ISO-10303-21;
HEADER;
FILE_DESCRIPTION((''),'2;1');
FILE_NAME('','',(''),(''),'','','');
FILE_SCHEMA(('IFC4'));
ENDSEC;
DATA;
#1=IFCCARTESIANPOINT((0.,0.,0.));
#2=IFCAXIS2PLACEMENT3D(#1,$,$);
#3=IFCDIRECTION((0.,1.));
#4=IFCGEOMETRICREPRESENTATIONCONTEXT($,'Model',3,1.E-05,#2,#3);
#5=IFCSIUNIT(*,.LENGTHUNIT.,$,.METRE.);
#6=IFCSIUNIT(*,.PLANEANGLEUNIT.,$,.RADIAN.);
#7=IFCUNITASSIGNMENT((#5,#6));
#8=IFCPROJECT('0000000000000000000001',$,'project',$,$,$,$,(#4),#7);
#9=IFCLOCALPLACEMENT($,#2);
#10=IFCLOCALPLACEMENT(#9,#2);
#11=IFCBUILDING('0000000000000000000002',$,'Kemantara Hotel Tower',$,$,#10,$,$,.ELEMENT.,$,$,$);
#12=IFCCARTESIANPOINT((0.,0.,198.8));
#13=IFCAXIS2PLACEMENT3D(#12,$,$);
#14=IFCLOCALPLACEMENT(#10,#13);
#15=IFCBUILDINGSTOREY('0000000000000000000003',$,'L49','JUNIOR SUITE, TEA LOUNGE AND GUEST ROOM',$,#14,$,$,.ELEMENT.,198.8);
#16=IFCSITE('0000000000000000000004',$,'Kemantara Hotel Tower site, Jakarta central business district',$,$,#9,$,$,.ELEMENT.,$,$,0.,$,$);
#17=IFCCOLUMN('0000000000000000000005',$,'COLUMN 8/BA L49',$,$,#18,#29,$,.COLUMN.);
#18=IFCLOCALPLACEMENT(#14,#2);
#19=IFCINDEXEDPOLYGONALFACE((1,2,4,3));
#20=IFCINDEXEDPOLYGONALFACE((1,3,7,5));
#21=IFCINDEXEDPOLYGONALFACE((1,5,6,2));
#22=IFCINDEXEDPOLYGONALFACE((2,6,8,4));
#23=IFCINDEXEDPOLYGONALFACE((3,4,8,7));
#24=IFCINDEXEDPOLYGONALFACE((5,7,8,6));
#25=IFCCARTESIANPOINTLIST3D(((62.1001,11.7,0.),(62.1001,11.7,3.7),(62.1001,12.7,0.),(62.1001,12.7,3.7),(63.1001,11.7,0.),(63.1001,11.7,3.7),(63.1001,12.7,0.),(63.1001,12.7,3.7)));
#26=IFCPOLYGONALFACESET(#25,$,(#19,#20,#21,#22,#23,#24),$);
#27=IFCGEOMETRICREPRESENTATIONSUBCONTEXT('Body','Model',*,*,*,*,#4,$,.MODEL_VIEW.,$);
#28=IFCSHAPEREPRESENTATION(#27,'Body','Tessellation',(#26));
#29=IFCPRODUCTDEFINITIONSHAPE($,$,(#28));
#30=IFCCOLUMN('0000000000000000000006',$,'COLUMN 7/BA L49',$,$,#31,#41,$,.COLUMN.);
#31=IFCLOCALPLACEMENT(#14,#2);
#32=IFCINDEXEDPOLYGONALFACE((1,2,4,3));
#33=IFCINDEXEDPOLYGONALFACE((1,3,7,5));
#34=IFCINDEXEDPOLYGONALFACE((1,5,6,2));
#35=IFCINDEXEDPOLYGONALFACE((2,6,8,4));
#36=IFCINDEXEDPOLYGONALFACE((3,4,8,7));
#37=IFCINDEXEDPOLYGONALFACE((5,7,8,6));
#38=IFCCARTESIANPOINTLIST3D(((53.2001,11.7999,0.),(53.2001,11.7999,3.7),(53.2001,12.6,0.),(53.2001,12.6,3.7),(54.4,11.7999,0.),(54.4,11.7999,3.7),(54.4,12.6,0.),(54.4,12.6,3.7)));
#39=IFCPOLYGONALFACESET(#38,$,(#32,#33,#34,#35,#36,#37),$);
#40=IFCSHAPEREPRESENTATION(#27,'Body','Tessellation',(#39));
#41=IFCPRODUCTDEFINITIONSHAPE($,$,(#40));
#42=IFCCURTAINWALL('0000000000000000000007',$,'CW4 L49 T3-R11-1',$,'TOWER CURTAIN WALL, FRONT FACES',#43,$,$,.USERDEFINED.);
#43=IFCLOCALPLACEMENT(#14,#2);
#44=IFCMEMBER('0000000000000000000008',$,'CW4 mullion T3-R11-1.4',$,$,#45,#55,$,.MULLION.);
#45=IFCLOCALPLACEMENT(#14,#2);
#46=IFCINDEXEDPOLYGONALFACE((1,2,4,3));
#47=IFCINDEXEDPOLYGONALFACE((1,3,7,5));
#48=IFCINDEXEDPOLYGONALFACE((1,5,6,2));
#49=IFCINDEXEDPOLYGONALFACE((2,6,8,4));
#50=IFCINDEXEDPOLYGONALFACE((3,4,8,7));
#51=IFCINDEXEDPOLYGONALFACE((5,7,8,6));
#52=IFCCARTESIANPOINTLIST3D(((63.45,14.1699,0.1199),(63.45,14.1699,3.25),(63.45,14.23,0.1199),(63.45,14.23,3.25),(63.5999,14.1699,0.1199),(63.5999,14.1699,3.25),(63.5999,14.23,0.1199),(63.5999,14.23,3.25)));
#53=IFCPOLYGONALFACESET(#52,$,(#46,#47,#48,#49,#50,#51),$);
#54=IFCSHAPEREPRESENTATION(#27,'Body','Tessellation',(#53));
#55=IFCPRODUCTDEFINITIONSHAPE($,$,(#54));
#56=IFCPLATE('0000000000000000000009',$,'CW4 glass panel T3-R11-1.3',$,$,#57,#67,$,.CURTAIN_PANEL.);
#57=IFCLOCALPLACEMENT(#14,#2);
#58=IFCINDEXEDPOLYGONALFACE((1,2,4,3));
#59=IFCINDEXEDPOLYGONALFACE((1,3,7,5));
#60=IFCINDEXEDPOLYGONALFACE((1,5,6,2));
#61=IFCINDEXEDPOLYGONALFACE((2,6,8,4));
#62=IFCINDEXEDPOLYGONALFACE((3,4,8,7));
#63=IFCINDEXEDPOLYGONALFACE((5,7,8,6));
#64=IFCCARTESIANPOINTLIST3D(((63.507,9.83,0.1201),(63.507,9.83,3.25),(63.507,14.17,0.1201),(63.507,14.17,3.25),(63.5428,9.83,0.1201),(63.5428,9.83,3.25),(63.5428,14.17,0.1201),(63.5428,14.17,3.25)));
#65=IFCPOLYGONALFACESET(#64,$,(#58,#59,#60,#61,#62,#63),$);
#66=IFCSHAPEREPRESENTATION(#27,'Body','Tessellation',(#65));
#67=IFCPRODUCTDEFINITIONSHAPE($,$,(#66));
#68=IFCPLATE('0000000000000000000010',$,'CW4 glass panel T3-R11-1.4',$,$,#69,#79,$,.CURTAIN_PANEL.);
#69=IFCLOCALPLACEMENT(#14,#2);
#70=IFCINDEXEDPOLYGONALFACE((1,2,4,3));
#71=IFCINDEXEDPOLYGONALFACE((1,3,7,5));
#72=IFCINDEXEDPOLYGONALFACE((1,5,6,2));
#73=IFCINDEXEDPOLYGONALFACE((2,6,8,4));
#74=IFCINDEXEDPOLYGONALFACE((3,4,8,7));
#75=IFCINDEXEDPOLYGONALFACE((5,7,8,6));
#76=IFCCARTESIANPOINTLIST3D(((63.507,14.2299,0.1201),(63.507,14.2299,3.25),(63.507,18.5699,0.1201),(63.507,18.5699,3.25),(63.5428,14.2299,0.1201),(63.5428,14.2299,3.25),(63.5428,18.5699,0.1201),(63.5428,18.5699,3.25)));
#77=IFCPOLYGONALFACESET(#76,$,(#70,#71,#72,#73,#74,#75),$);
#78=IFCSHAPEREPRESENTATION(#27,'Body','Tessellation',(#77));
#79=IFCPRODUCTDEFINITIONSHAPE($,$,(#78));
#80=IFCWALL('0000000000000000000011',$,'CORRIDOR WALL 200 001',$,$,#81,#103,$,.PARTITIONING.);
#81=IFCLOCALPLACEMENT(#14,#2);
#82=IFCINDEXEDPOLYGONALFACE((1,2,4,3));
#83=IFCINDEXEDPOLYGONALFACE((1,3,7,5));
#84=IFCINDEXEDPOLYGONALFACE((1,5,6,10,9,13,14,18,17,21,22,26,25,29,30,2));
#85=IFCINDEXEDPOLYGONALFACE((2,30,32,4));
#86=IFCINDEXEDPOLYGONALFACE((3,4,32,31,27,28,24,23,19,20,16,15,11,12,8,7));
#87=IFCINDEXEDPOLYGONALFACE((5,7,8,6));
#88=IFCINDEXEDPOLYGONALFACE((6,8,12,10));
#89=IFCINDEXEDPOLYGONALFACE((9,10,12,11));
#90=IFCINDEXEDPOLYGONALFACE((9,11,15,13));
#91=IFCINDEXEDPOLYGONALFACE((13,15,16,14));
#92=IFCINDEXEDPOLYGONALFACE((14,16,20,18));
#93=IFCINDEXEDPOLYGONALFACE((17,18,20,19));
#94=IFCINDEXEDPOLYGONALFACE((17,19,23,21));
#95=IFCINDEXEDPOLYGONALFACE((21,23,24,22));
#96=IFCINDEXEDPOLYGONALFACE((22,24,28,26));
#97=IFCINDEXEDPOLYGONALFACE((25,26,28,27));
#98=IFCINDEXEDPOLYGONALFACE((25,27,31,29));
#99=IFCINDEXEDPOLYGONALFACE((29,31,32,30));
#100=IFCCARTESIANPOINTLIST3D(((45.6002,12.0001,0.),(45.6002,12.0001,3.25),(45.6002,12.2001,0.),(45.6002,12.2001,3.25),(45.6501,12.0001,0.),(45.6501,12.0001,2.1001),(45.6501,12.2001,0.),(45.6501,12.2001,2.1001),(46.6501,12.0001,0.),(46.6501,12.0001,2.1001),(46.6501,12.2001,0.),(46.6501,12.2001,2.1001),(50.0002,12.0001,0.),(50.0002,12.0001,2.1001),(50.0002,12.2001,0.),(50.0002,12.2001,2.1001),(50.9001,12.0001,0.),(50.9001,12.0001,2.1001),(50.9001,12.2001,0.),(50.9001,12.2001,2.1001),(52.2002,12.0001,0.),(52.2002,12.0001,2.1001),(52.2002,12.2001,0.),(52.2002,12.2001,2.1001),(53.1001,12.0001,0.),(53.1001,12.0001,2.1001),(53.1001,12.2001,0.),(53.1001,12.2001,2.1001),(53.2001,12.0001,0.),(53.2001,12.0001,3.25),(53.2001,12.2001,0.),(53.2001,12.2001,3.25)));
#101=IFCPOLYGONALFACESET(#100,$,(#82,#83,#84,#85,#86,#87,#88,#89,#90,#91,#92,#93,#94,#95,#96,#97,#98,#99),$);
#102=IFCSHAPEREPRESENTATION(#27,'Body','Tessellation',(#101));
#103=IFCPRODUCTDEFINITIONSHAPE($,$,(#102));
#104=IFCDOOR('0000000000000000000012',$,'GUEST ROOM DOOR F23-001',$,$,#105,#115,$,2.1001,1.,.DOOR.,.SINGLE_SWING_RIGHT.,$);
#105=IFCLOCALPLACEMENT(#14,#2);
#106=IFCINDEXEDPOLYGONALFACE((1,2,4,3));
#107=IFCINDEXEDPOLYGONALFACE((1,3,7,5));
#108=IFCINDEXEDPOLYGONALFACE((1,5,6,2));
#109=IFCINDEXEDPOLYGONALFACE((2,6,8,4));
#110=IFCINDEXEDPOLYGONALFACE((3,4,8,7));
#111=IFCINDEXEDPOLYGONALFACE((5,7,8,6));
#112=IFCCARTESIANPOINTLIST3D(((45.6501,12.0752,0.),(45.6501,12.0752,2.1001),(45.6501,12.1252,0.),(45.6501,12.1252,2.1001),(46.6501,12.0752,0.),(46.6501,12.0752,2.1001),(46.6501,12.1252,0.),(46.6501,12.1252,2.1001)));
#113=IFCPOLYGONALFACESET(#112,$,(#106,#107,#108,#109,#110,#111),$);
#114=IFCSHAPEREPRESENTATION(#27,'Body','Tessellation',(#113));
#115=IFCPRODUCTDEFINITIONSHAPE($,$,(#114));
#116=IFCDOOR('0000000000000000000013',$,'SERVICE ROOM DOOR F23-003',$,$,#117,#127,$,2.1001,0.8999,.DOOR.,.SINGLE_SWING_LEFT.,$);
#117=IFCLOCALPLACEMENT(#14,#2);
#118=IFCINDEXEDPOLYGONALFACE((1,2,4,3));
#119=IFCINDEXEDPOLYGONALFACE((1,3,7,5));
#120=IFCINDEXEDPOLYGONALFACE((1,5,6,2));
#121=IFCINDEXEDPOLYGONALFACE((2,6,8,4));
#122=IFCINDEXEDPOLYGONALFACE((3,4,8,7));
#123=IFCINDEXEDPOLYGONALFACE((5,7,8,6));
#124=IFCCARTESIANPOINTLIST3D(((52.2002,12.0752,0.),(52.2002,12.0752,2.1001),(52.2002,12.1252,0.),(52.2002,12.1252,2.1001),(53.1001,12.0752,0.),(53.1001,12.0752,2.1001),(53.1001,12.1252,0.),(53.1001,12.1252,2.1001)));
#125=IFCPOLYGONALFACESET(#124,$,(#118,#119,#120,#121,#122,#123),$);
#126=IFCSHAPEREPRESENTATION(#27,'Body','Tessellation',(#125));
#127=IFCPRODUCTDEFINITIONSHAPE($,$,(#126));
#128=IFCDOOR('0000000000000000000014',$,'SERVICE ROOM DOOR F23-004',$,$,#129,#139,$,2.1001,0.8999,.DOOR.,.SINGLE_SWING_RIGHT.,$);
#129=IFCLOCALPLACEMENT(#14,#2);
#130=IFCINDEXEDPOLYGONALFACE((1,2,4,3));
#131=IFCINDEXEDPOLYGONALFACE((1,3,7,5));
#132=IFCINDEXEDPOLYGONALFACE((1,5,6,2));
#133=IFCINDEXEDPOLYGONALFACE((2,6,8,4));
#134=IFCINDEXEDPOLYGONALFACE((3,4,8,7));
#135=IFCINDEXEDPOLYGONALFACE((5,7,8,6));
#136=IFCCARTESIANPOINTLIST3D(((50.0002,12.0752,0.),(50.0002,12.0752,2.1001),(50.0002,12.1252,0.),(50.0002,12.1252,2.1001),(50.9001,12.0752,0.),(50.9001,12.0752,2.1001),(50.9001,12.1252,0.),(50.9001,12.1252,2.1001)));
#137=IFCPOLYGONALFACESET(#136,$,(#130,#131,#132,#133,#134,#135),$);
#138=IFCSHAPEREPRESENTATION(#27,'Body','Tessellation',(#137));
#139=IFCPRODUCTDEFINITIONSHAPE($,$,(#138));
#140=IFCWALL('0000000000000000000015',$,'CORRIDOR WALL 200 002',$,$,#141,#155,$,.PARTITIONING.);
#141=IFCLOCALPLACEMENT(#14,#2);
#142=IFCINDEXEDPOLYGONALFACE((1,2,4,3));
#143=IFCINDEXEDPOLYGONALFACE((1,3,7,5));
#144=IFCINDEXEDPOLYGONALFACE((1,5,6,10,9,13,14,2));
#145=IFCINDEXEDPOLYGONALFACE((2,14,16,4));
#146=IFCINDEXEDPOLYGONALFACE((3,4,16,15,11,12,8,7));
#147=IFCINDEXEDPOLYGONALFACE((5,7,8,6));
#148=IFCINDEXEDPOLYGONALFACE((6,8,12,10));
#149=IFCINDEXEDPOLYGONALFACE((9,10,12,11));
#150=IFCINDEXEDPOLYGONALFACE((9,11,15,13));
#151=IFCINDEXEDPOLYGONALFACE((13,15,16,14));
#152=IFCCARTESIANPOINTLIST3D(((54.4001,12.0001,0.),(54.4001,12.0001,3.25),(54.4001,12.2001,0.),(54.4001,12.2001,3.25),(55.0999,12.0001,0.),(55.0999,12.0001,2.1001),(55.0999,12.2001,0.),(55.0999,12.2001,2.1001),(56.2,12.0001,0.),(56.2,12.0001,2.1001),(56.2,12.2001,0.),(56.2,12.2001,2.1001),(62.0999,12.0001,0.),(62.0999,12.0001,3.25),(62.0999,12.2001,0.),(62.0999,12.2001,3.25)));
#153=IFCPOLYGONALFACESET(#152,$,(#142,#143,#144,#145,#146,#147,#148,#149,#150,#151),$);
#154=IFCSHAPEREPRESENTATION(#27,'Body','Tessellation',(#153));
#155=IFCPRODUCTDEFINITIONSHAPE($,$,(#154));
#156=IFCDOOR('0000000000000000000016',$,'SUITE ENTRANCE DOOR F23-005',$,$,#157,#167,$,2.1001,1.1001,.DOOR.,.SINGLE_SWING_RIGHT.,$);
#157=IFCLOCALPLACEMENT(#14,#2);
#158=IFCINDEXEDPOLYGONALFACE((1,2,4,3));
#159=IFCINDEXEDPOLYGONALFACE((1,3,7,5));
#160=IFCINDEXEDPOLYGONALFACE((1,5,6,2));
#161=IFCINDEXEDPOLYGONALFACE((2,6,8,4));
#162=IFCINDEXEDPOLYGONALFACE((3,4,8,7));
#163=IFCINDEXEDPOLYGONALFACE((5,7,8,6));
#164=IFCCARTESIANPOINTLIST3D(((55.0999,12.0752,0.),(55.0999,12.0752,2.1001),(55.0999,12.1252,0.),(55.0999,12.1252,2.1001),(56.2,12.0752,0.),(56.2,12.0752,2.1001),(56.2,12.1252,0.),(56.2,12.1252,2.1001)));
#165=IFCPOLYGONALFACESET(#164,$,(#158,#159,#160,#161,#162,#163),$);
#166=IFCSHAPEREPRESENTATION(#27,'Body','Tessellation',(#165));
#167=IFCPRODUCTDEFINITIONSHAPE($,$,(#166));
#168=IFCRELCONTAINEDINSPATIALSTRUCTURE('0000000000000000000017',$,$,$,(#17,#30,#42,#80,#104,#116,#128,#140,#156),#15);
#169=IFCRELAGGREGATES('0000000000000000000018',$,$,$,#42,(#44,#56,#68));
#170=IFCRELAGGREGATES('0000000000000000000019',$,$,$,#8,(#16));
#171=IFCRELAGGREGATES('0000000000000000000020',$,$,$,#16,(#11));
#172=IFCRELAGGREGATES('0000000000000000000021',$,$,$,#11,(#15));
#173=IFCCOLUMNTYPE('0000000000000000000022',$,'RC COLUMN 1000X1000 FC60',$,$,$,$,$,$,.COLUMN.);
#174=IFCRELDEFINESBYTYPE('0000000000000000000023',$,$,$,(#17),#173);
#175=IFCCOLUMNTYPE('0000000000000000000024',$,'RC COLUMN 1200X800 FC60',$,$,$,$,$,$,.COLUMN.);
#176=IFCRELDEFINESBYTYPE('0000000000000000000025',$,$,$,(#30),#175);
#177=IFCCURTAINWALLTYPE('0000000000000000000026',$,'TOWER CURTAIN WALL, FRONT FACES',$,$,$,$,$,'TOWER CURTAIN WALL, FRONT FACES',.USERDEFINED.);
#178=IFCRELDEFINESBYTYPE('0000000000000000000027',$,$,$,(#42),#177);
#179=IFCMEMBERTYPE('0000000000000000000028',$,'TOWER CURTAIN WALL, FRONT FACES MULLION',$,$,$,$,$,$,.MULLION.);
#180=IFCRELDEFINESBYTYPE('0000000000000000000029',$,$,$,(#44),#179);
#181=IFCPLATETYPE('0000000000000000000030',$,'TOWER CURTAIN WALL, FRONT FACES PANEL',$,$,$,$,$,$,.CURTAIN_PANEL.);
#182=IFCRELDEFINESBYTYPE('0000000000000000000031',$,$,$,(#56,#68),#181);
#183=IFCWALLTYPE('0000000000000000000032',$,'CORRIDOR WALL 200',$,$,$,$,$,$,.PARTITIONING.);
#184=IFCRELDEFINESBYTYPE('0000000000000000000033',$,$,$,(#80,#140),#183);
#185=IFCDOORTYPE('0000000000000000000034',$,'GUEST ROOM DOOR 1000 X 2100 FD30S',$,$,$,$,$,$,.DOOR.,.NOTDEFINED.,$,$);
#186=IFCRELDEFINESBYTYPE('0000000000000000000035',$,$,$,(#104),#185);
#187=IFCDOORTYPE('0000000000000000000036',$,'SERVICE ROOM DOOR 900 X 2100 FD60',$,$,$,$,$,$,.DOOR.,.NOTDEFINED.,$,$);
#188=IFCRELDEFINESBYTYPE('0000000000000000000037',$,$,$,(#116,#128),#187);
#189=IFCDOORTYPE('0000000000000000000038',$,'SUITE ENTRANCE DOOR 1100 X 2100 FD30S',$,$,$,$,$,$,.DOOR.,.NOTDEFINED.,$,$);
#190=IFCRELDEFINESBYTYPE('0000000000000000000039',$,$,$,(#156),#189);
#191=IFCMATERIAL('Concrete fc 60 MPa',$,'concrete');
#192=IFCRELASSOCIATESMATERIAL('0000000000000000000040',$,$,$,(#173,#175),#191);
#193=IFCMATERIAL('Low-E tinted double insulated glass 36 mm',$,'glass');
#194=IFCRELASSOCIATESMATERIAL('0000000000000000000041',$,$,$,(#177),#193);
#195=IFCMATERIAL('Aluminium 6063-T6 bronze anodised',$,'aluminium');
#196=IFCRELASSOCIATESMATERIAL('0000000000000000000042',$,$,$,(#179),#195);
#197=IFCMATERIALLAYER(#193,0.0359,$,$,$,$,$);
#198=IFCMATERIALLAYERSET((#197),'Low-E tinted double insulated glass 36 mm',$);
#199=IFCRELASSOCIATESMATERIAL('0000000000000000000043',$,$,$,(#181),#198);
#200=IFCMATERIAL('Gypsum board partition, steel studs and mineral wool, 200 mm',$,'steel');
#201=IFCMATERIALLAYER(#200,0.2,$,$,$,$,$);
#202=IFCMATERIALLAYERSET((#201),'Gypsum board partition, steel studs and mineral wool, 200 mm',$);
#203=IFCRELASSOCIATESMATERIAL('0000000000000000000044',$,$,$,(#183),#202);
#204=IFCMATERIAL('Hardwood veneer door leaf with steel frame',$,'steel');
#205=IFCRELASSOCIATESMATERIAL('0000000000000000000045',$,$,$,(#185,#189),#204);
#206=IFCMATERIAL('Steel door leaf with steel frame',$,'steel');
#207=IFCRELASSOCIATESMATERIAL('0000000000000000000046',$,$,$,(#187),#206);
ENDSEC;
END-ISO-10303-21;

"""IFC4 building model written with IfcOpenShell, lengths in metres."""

from ifc_helpers import new_model, si_unit, direction, frame, frame_2d, origin, origin_2d, place, context, subcontext, project, spatial, rectangle, extrude, source, transform, mapped, material, layer, layer_set, material_profile, profile_set, type_object, element, fill, aggregate, save


model = new_model("IFC4")

# Units and contexts
model_context = context("Model", 3, precision=1e-05, world=origin(), true_north=direction((0.0, 1.0)))
body_context = subcontext(model_context, "Body", "Model", "MODEL_VIEW")
ifc_project = project(units=[si_unit("LENGTHUNIT", "METRE"), si_unit("PLANEANGLEUNIT", "RADIAN")], contexts=[model_context])

# Site, building, storey
site_placement = place(None, origin())
site = spatial("IfcSite", under=ifc_project, at=site_placement, Name="Kemantara Hotel Tower site, Jakarta central business district", CompositionType="ELEMENT", RefElevation=0.0)
building_placement = place(site_placement, origin())
building = spatial("IfcBuilding", under=site, at=building_placement, Name="Kemantara Hotel Tower", CompositionType="ELEMENT")
storey_placement = place(building_placement, frame((0.0, 0.0, 198.8)))
storey = spatial("IfcBuildingStorey", under=building, at=storey_placement, Name="L49", Description="JUNIOR SUITE, TEA LOUNGE AND GUEST ROOM", CompositionType="ELEMENT", Elevation=198.8)

# Columns
ifc_material_1 = material(Name="Concrete fc 60 MPa", Category="concrete")
ifc_material_profile_1 = material_profile(ifc_material_1, rectangle(XDim=1.0, YDim=1.0, at=origin_2d()), Name="RC 1000X1000")
ifc_profile_set_1 = profile_set([ifc_material_profile_1], Name="Concrete fc 60 MPa")
column_type_1 = type_object("IfcColumnType", Name="RC COLUMN 1000X1000 FC60", PredefinedType="COLUMN", material=ifc_profile_set_1)
column_1_placement = place(storey_placement, frame((62.6001, 12.2, 0.0), z_axis=(0.0, 0.0, 1.0), x_axis=(1.0, 0.0, 0.0)))
element("IfcColumn", 1, at=column_1_placement, inside=storey, type_object=column_type_1, Name="COLUMN 8/BA L49", PredefinedType="COLUMN", context=body_context, shape_type="SweptSolid", body=[
    extrude(rectangle(XDim=1.0, YDim=1.0, at=origin_2d()), origin(), (0.0, 0.0, 1.0), 3.7),
])
ifc_material_profile_2 = material_profile(ifc_material_1, rectangle(XDim=1.2, YDim=0.8, at=origin_2d()), Name="RC 1200X800")
ifc_profile_set_2 = profile_set([ifc_material_profile_2], Name="Concrete fc 60 MPa")
column_type_2 = type_object("IfcColumnType", Name="RC COLUMN 1200X800 FC60", PredefinedType="COLUMN", material=ifc_profile_set_2)
column_2_placement = place(storey_placement, frame((53.8, 12.2, 0.0), z_axis=(0.0, 0.0, 1.0), x_axis=(1.0, 0.0, 0.0)))
element("IfcColumn", 2, at=column_2_placement, inside=storey, type_object=column_type_2, Name="COLUMN 7/BA L49", PredefinedType="COLUMN", context=body_context, shape_type="SweptSolid", body=[
    extrude(rectangle(XDim=1.2, YDim=0.8, at=origin_2d()), origin(), (0.0, 0.0, 1.0), 3.7),
])

# Curtain wall, member, plates
ifc_material_2 = material(Name="Low-E tinted double insulated glass 36 mm", Category="glass")
curtain_wall_type = type_object("IfcCurtainWallType", Name="TOWER CURTAIN WALL, FRONT FACES", ElementType="TOWER CURTAIN WALL, FRONT FACES", PredefinedType="USERDEFINED", material=ifc_material_2)
curtain_wall_placement = place(storey_placement, origin())
curtain_wall = element("IfcCurtainWall", 3, at=curtain_wall_placement, inside=storey, type_object=curtain_wall_type, Name="CW4 L49 T3-R11-1", ObjectType="TOWER CURTAIN WALL, FRONT FACES", PredefinedType="USERDEFINED")
ifc_material_3 = material(Name="Aluminium 6063-T6 bronze anodised", Category="aluminium")
ifc_material_profile_3 = material_profile(ifc_material_3, rectangle(XDim=0.1499, YDim=0.0601, at=origin_2d()), Name="TOWER CURTAIN WALL, FRONT FACES MULLION")
ifc_profile_set_3 = profile_set([ifc_material_profile_3], Name="Aluminium 6063-T6 bronze anodised")
member_type = type_object("IfcMemberType", Name="TOWER CURTAIN WALL, FRONT FACES MULLION", PredefinedType="MULLION", material=ifc_profile_set_3)
shared_shape_1 = source(origin(), body_context, "Body", "SweptSolid", [
    extrude(rectangle(XDim=0.1499, YDim=0.0601, at=origin_2d()), origin(), (0.0, 0.0, 1.0), 3.1301),
])
member_placement = place(storey_placement, frame((63.5249, 14.2, 0.1199), z_axis=(0.0, 0.0, 1.0), x_axis=(-1.0, 0.0, 0.0)))
member = element("IfcMember", 4, at=member_placement, type_object=member_type, Name="CW4 mullion T3-R11-1.4", PredefinedType="MULLION", context=body_context, shape_type="MappedRepresentation", body=[
    mapped(shared_shape_1, transform((0.0, 0.0, 0.0))),
])
ifc_layer_1 = layer(ifc_material_2, 0.0359)
ifc_layer_set_1 = layer_set([ifc_layer_1], Name="Low-E tinted double insulated glass 36 mm")
plate_type = type_object("IfcPlateType", Name="TOWER CURTAIN WALL, FRONT FACES PANEL", PredefinedType="CURTAIN_PANEL", material=ifc_layer_set_1)
shared_shape_2 = source(origin(), body_context, "Body", "SweptSolid", [
    extrude(rectangle(XDim=4.3401, YDim=0.0359, at=origin_2d()), origin(), (0.0, 0.0, 1.0), 3.1299),
])
plate_1_placement = place(storey_placement, frame((63.5249, 12.0, 0.1201), z_axis=(0.0, 0.0, 1.0), x_axis=(0.0, 1.0, 0.0)))
plate_1 = element("IfcPlate", 5, at=plate_1_placement, type_object=plate_type, Name="CW4 glass panel T3-R11-1.3", PredefinedType="CURTAIN_PANEL", context=body_context, shape_type="MappedRepresentation", body=[
    mapped(shared_shape_2, transform((0.0, 0.0, 0.0))),
])
plate_2_placement = place(storey_placement, frame((63.5249, 16.3999, 0.1201), z_axis=(0.0, 0.0, 1.0), x_axis=(0.0, 1.0, 0.0)))
plate_2 = element("IfcPlate", 6, at=plate_2_placement, type_object=plate_type, Name="CW4 glass panel T3-R11-1.4", PredefinedType="CURTAIN_PANEL", context=body_context, shape_type="MappedRepresentation", body=[
    mapped(shared_shape_2, transform((0.0, 0.0, 0.0))),
])
aggregate(curtain_wall, [member, plate_1, plate_2])

# Wall, openings, doors
ifc_material_4 = material(Name="Gypsum board partition, steel studs and mineral wool, 200 mm", Category="steel")
ifc_layer_2 = layer(ifc_material_4, 0.2)
ifc_layer_set_2 = layer_set([ifc_layer_2], Name="Gypsum board partition, steel studs and mineral wool, 200 mm")
wall_type_1 = type_object("IfcWallType", Name="CORRIDOR WALL 200", PredefinedType="PARTITIONING", material=ifc_layer_set_2)
wall_1_placement = place(storey_placement, frame((53.2, 12.1001, 0.0), z_axis=(0.0, 0.0, 1.0), x_axis=(-1.0, 0.0, 0.0)))
wall_1 = element("IfcWall", 7, at=wall_1_placement, inside=storey, type_object=wall_type_1, Name="CORRIDOR WALL 200 001", PredefinedType="PARTITIONING", context=body_context, shape_type="SweptSolid", body=[
    extrude(rectangle(XDim=7.5999, YDim=0.2, at=frame_2d((3.7998, 0.0))), origin(), (0.0, 0.0, 1.0), 3.25),
])
opening_1_placement = place(wall_1_placement, frame((6.5498, 0.0, 0.0)))
opening_1 = element("IfcOpeningElement", 8, at=opening_1_placement, cuts=wall_1, PredefinedType="OPENING", context=body_context, shape_type="SweptSolid", body=[
    extrude(rectangle(XDim=1.0, YDim=2.1001, at=frame_2d((0.5, 1.05))), frame((0.0, 0.1099, 0.0), z_axis=(0.0, -1.0, 0.0), x_axis=(1.0, 0.0, 0.0)), (0.0, 0.0, 1.0), 0.22),
])
opening_2_placement = place(wall_1_placement, frame((0.0999, 0.0, 0.0)))
opening_2 = element("IfcOpeningElement", 9, at=opening_2_placement, cuts=wall_1, PredefinedType="OPENING", context=body_context, shape_type="SweptSolid", body=[
    extrude(rectangle(XDim=0.8999, YDim=2.1001, at=frame_2d((0.45, 1.05))), frame((0.0, 0.1099, 0.0), z_axis=(0.0, -1.0, 0.0), x_axis=(1.0, 0.0, 0.0)), (0.0, 0.0, 1.0), 0.22),
])
opening_3_placement = place(wall_1_placement, frame((2.2998, 0.0, 0.0)))
opening_3 = element("IfcOpeningElement", 10, at=opening_3_placement, cuts=wall_1, PredefinedType="OPENING", context=body_context, shape_type="SweptSolid", body=[
    extrude(rectangle(XDim=0.8999, YDim=2.1001, at=frame_2d((0.45, 1.05))), frame((0.0, 0.1099, 0.0), z_axis=(0.0, -1.0, 0.0), x_axis=(1.0, 0.0, 0.0)), (0.0, 0.0, 1.0), 0.22),
])
ifc_material_5 = material(Name="Hardwood veneer door leaf with steel frame", Category="steel")
door_type_1 = type_object("IfcDoorType", Name="GUEST ROOM DOOR 1000 X 2100 FD30S", OperationType="NOTDEFINED", PredefinedType="DOOR", material=ifc_material_5)
door_1_placement = place(opening_1_placement, origin())
door_1 = element("IfcDoor", 11, at=door_1_placement, inside=storey, type_object=door_type_1, Name="GUEST ROOM DOOR F23-001", OperationType="SINGLE_SWING_RIGHT", OverallHeight=2.1001, OverallWidth=1.0, PredefinedType="DOOR", context=body_context, shape_type="SweptSolid", body=[
    extrude(rectangle(XDim=1.0, YDim=2.1001, at=frame_2d((0.5, 1.05))), frame((0.0, 0.0249, 0.0), z_axis=(0.0, -1.0, 0.0), x_axis=(1.0, 0.0, 0.0)), (0.0, 0.0, 1.0), 0.05),
])
fill(opening_1, door_1)
ifc_material_6 = material(Name="Steel door leaf with steel frame", Category="steel")
door_type_2 = type_object("IfcDoorType", Name="SERVICE ROOM DOOR 900 X 2100 FD60", OperationType="NOTDEFINED", PredefinedType="DOOR", material=ifc_material_6)
door_2_placement = place(opening_2_placement, origin())
door_2 = element("IfcDoor", 12, at=door_2_placement, inside=storey, type_object=door_type_2, Name="SERVICE ROOM DOOR F23-003", OperationType="SINGLE_SWING_LEFT", OverallHeight=2.1001, OverallWidth=0.8999, PredefinedType="DOOR", context=body_context, shape_type="SweptSolid", body=[
    extrude(rectangle(XDim=0.8999, YDim=2.1001, at=frame_2d((0.45, 1.05))), frame((0.0, 0.0249, 0.0), z_axis=(0.0, -1.0, 0.0), x_axis=(1.0, 0.0, 0.0)), (0.0, 0.0, 1.0), 0.05),
])
fill(opening_2, door_2)
door_3_placement = place(opening_3_placement, origin())
door_3 = element("IfcDoor", 13, at=door_3_placement, inside=storey, type_object=door_type_2, Name="SERVICE ROOM DOOR F23-004", OperationType="SINGLE_SWING_RIGHT", OverallHeight=2.1001, OverallWidth=0.8999, PredefinedType="DOOR", context=body_context, shape_type="SweptSolid", body=[
    extrude(rectangle(XDim=0.8999, YDim=2.1001, at=frame_2d((0.45, 1.05))), frame((0.0, 0.0249, 0.0), z_axis=(0.0, -1.0, 0.0), x_axis=(1.0, 0.0, 0.0)), (0.0, 0.0, 1.0), 0.05),
])
fill(opening_3, door_3)

# Wall, opening, door
wall_2_placement = place(storey_placement, frame((62.0999, 12.1001, 0.0), z_axis=(0.0, 0.0, 1.0), x_axis=(-1.0, 0.0, 0.0)))
wall_2 = element("IfcWall", 14, at=wall_2_placement, inside=storey, type_object=wall_type_1, Name="CORRIDOR WALL 200 002", PredefinedType="PARTITIONING", context=body_context, shape_type="SweptSolid", body=[
    extrude(rectangle(XDim=7.6997, YDim=0.2, at=frame_2d((3.8499, 0.0))), origin(), (0.0, 0.0, 1.0), 3.25),
])
opening_4_placement = place(wall_2_placement, frame((5.8999, 0.0, 0.0)))
opening_4 = element("IfcOpeningElement", 15, at=opening_4_placement, cuts=wall_2, PredefinedType="OPENING", context=body_context, shape_type="SweptSolid", body=[
    extrude(rectangle(XDim=1.1001, YDim=2.1001, at=frame_2d((0.55, 1.05))), frame((0.0, 0.1099, 0.0), z_axis=(0.0, -1.0, 0.0), x_axis=(1.0, 0.0, 0.0)), (0.0, 0.0, 1.0), 0.22),
])
door_type_3 = type_object("IfcDoorType", Name="SUITE ENTRANCE DOOR 1100 X 2100 FD30S", OperationType="NOTDEFINED", PredefinedType="DOOR", material=ifc_material_5)
door_4_placement = place(opening_4_placement, origin())
door_4 = element("IfcDoor", 16, at=door_4_placement, inside=storey, type_object=door_type_3, Name="SUITE ENTRANCE DOOR F23-005", OperationType="SINGLE_SWING_RIGHT", OverallHeight=2.1001, OverallWidth=1.1001, PredefinedType="DOOR", context=body_context, shape_type="SweptSolid", body=[
    extrude(rectangle(XDim=1.1001, YDim=2.1001, at=frame_2d((0.55, 1.05))), frame((0.0, 0.0249, 0.0), z_axis=(0.0, -1.0, 0.0), x_axis=(1.0, 0.0, 0.0)), (0.0, 0.0, 1.0), 0.05),
])
fill(opening_4, door_4)

save(model, "model.ifc")
